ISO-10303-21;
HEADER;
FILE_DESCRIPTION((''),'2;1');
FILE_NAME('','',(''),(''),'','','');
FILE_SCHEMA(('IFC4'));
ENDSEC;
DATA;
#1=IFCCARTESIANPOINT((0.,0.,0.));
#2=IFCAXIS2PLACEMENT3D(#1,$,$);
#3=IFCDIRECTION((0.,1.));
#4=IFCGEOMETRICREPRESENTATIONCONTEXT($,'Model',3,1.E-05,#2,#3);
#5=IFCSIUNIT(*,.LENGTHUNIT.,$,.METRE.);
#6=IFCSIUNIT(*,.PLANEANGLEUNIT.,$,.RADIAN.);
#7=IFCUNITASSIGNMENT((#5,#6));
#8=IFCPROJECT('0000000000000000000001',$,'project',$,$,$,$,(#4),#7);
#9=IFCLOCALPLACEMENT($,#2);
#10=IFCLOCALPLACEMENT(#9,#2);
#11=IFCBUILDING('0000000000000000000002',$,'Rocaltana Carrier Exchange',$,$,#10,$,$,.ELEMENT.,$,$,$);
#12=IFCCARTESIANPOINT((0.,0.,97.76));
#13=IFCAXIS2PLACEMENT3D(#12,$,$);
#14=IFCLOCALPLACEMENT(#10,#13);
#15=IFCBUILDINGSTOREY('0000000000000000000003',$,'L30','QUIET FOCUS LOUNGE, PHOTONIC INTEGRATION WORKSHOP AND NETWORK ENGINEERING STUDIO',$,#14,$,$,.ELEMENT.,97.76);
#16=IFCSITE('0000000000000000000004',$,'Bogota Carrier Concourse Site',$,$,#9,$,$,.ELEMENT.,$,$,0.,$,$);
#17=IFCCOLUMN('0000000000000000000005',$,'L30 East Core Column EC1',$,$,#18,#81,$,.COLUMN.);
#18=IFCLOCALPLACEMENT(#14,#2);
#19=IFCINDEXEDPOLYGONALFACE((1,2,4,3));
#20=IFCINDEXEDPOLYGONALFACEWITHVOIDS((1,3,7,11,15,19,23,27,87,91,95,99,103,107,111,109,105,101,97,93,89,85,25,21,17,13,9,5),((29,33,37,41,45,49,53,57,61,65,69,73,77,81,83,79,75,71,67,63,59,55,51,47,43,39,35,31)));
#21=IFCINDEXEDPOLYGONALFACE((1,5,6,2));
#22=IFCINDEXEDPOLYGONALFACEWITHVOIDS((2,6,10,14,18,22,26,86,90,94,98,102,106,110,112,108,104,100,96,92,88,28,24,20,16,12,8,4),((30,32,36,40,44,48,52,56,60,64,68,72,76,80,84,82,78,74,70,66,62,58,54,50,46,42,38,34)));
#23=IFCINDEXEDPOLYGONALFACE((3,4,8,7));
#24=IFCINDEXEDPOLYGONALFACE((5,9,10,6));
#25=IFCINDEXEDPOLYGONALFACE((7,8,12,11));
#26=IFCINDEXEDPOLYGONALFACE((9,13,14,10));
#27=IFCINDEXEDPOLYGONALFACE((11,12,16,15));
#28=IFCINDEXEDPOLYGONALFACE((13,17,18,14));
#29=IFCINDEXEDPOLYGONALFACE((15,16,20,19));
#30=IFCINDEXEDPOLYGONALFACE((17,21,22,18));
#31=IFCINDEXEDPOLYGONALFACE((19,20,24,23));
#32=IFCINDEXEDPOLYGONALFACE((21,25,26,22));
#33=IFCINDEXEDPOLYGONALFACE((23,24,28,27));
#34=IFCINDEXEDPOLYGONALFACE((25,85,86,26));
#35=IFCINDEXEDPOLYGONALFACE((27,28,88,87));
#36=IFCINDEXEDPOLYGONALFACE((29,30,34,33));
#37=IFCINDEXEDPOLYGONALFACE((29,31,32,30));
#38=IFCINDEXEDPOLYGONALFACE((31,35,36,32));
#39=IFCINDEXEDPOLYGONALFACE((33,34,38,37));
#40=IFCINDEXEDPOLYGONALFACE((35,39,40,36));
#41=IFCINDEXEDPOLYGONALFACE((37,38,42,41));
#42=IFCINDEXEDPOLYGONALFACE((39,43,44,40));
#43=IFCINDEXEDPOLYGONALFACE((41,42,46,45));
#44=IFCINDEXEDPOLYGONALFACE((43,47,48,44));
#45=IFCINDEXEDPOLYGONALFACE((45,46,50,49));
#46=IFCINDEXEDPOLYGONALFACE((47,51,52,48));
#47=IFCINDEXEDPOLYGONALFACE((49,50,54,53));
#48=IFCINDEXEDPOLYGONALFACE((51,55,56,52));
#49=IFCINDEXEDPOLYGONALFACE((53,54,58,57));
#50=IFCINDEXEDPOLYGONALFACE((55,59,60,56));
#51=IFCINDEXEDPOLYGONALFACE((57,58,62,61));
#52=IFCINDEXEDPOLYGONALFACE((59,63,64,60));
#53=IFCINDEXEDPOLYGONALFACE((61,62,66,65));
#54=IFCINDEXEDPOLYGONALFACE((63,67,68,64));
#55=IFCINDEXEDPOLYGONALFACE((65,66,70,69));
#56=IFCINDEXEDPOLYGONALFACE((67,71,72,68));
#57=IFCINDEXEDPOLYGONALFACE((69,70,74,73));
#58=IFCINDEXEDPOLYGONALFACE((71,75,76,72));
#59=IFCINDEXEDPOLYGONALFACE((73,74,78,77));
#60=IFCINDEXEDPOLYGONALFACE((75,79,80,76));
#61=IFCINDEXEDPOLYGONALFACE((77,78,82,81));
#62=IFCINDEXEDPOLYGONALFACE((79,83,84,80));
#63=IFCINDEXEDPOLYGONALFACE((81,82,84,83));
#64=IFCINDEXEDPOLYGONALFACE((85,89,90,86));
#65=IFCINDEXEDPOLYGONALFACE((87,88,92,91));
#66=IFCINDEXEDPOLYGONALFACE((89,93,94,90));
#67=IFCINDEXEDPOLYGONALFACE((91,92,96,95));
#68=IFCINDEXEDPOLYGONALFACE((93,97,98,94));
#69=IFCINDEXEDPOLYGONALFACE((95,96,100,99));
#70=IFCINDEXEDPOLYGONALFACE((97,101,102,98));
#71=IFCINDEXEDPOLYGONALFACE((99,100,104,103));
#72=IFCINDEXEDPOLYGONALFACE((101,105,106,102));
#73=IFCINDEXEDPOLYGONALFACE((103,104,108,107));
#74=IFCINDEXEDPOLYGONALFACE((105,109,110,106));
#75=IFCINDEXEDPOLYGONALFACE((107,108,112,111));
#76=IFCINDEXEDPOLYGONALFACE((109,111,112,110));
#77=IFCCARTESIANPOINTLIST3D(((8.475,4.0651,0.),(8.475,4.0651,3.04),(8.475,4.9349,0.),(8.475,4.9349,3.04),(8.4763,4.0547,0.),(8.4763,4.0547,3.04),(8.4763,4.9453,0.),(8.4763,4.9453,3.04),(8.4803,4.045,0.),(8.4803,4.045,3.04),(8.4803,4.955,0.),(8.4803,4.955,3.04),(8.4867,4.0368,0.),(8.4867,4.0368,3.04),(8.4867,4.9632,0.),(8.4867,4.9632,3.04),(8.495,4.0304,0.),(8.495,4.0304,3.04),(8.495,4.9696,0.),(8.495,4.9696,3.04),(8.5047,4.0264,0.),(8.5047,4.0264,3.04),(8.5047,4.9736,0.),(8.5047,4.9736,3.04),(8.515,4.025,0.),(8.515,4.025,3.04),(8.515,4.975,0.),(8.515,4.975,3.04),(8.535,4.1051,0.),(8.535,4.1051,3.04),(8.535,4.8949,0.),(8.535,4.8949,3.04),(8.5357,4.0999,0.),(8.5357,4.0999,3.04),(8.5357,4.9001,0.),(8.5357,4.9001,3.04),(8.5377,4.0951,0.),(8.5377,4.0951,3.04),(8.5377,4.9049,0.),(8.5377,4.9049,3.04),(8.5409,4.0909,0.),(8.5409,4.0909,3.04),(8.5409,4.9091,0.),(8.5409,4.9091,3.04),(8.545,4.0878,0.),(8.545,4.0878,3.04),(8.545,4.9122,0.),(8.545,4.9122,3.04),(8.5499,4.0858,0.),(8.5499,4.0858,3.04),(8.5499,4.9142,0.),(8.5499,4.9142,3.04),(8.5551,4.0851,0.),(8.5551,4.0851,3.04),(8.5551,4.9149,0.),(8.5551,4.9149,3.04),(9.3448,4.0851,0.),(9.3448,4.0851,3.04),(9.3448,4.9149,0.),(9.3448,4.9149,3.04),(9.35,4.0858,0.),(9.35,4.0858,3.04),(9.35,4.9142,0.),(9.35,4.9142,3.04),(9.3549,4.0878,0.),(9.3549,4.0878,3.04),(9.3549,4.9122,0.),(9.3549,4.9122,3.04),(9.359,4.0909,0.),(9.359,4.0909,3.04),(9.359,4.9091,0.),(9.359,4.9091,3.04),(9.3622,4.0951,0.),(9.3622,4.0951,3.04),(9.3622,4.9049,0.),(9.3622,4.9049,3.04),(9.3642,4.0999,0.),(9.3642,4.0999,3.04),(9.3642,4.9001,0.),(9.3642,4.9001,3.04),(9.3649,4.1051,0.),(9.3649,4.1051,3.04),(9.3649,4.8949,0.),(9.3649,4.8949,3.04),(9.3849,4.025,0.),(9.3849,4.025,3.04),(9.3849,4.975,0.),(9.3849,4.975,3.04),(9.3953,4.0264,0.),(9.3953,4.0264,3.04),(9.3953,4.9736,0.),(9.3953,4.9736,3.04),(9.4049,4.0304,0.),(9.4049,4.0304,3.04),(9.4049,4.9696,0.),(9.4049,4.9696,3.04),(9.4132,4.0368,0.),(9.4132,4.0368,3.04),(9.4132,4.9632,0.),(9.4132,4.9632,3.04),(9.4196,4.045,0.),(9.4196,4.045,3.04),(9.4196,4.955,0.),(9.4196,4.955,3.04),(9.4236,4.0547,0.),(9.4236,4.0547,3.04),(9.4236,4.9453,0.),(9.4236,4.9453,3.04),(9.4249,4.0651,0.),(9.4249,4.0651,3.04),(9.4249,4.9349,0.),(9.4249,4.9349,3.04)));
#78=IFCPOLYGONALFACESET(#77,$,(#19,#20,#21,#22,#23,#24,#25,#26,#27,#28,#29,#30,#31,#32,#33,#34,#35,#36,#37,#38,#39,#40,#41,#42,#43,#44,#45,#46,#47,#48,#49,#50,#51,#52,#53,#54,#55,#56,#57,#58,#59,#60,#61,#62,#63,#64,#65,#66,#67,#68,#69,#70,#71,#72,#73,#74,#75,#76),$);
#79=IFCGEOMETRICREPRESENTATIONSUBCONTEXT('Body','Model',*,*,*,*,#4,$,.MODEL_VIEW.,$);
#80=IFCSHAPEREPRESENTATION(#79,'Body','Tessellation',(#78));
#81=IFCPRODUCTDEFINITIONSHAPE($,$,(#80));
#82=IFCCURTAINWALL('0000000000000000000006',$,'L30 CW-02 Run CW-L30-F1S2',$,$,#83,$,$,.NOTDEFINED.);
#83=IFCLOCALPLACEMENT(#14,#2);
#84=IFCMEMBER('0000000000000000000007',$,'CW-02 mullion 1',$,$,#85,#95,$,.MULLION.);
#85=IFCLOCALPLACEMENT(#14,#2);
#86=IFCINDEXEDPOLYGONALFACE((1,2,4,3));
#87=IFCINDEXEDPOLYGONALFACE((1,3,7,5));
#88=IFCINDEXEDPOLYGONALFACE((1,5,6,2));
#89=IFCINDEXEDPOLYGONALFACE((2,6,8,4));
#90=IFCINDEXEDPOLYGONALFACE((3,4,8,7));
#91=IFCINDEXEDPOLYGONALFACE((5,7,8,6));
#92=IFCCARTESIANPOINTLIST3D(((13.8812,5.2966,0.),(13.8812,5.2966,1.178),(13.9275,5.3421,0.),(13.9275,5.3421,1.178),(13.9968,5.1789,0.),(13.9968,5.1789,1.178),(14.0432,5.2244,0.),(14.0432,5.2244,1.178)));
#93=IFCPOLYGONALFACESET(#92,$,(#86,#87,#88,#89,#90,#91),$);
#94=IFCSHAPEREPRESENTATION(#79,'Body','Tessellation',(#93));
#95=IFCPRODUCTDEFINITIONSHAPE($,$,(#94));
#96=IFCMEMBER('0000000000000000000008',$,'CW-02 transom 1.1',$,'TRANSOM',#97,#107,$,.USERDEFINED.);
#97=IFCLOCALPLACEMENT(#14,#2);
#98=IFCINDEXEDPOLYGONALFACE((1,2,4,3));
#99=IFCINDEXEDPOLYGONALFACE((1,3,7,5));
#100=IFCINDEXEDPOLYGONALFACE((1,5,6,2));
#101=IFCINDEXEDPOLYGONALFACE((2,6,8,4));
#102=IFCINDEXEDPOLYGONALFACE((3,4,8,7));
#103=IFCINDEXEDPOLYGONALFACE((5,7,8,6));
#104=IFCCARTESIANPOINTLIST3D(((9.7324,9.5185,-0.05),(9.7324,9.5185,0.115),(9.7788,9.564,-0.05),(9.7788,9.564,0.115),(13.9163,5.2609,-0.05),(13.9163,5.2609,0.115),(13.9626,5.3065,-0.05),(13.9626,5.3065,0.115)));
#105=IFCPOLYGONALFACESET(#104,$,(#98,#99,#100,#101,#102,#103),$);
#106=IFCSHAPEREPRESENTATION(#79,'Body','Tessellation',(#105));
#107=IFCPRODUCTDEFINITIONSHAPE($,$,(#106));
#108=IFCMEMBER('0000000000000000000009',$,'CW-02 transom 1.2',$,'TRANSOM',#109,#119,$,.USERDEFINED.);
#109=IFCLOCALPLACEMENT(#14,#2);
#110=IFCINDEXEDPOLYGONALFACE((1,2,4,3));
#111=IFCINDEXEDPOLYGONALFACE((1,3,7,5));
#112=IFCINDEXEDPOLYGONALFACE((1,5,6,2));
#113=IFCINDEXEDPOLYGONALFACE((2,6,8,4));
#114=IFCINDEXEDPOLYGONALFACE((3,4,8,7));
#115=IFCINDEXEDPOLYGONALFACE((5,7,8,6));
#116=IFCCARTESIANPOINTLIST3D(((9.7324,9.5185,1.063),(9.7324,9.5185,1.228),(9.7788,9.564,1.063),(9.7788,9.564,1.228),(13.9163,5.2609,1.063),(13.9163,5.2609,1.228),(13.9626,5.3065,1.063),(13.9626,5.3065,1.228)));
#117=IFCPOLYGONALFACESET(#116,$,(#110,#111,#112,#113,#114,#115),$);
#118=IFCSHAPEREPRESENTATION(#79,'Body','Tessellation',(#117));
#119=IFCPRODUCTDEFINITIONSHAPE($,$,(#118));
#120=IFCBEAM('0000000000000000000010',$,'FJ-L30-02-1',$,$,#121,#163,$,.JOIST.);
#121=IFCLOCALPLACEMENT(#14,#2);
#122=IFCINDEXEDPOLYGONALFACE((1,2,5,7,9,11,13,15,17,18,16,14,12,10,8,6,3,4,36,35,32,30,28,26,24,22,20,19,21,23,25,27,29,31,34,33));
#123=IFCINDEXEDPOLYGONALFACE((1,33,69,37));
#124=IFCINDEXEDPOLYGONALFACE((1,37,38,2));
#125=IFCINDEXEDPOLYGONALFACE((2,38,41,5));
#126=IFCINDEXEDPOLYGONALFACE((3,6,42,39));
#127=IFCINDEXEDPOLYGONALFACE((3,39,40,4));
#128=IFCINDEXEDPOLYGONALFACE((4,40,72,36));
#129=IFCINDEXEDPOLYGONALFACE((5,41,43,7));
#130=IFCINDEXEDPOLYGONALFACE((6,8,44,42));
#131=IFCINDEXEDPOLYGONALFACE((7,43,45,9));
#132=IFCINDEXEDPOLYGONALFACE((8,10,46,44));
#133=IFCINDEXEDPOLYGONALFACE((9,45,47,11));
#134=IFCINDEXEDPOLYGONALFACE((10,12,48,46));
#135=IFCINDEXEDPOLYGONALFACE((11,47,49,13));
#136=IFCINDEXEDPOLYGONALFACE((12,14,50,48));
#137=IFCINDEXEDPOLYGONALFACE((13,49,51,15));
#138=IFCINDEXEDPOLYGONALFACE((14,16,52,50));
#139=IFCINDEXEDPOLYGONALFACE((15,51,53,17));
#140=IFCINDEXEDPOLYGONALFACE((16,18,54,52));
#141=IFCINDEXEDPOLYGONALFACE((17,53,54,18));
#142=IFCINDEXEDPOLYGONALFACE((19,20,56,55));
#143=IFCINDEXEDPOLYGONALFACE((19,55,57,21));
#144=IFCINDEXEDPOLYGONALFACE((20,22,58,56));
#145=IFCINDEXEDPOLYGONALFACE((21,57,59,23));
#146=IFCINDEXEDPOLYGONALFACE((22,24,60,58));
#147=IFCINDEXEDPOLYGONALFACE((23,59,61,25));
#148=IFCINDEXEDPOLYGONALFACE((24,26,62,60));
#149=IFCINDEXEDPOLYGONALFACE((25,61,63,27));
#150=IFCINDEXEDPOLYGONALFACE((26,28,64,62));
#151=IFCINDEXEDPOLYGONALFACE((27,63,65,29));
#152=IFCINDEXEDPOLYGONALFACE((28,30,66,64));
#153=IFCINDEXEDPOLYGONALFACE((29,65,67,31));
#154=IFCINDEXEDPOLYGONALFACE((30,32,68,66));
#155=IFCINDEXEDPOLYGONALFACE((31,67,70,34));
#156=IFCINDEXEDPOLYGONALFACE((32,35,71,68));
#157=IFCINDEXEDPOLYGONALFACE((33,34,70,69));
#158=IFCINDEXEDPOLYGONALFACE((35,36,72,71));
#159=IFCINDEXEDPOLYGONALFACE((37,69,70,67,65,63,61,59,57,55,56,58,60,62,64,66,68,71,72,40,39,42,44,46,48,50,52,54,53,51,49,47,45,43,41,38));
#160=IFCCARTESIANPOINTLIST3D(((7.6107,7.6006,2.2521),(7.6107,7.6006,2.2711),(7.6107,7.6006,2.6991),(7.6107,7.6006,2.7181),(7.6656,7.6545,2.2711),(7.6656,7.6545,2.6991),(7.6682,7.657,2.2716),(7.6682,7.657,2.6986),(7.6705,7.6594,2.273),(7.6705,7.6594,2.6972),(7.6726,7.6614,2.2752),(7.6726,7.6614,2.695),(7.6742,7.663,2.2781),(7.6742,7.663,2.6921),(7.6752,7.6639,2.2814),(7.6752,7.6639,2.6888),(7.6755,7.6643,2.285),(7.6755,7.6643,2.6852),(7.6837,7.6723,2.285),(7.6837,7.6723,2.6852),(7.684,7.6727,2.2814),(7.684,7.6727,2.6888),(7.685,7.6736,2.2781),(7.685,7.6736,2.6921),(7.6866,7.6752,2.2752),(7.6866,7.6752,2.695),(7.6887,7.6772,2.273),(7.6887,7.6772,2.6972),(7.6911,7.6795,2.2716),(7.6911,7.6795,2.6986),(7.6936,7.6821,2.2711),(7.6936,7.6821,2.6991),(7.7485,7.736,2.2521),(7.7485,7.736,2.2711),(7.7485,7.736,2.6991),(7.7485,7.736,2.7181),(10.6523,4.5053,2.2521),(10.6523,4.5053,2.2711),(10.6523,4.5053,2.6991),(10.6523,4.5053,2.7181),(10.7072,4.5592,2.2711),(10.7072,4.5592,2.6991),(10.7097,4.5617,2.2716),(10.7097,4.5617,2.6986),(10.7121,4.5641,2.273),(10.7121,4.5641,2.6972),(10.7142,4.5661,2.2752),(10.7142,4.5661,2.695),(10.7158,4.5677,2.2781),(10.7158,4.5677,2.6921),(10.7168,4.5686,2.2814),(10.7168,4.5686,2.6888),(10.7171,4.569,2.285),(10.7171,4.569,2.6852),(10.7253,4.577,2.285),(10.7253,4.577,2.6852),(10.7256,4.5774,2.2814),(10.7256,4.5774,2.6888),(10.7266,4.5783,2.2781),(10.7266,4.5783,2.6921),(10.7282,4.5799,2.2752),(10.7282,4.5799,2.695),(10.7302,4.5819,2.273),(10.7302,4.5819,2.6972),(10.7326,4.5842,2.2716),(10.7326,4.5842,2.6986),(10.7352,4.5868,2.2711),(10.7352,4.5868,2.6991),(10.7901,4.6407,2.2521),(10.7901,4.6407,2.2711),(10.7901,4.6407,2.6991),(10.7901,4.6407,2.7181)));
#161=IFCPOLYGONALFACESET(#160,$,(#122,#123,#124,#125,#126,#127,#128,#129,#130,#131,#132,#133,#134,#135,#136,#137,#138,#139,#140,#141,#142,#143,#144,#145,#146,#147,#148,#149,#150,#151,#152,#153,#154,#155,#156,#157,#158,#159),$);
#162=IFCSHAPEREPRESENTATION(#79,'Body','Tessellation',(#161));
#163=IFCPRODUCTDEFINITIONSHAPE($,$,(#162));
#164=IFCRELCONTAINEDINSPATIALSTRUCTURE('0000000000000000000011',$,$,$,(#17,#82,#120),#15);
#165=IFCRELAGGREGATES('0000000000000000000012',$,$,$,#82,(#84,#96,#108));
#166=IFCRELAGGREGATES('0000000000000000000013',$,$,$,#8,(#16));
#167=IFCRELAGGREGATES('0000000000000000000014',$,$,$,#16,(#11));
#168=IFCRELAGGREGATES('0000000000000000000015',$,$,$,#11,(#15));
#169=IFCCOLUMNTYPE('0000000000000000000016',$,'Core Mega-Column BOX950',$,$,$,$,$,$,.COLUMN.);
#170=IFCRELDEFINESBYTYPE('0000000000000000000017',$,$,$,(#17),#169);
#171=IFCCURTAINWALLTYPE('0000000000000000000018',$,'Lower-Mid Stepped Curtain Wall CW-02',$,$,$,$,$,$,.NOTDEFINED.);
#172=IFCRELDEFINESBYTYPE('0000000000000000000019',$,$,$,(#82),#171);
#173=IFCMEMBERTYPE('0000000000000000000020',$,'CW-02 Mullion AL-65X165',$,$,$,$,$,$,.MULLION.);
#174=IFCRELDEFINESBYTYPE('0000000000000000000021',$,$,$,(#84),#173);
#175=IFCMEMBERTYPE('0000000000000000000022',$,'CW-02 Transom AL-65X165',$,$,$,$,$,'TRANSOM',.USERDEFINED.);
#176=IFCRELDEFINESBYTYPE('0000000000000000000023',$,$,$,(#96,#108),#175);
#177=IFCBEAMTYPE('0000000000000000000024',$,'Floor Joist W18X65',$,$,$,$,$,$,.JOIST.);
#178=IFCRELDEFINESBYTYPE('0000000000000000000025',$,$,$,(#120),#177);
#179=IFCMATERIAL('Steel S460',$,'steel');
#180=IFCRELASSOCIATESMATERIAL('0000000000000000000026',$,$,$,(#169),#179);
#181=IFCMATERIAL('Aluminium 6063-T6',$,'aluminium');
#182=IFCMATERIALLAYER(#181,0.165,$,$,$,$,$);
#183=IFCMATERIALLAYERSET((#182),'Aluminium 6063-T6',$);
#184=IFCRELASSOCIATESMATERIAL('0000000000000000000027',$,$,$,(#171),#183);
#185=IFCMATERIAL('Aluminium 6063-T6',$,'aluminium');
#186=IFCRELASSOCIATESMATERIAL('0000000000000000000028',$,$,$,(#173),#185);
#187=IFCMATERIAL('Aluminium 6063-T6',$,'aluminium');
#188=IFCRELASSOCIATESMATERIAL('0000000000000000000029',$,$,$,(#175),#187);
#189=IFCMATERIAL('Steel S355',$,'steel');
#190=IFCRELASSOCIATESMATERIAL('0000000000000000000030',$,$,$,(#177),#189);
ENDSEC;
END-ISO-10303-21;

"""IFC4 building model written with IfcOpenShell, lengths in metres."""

from ifc_helpers import new_model, si_unit, direction, frame, origin, origin_2d, place, context, subcontext, project, spatial, rectangle, hollow_rectangle, i_section, extrude, material, layer, layer_set, material_profile, profile_set, type_object, element, aggregate, save


model = new_model("IFC4")

# Units and contexts
model_context = context("Model", 3, precision=1e-05, world=origin(), true_north=direction((0.0, 1.0)))
body_context = subcontext(model_context, "Body", "Model", "MODEL_VIEW")
ifc_project = project(units=[si_unit("LENGTHUNIT", "METRE"), si_unit("PLANEANGLEUNIT", "RADIAN")], contexts=[model_context])

# Site, building, storey
site_placement = place(None, origin())
site = spatial("IfcSite", under=ifc_project, at=site_placement, Name="Bogota Carrier Concourse Site", CompositionType="ELEMENT", RefElevation=0.0)
building_placement = place(site_placement, origin())
building = spatial("IfcBuilding", under=site, at=building_placement, Name="Rocaltana Carrier Exchange", CompositionType="ELEMENT")
storey_placement = place(building_placement, frame((0.0, 0.0, 97.76)))
storey = spatial("IfcBuildingStorey", under=building, at=storey_placement, Name="L30", Description="QUIET FOCUS LOUNGE, PHOTONIC INTEGRATION WORKSHOP AND NETWORK ENGINEERING STUDIO", CompositionType="ELEMENT", Elevation=97.76)

# Column
ifc_material_1 = material(Name="Steel S460", Category="steel")
ifc_material_profile_1 = material_profile(ifc_material_1, hollow_rectangle(XDim=0.95, YDim=0.95, WallThickness=0.0601, InnerFilletRadius=0.02, OuterFilletRadius=0.04, at=origin_2d()), Name="BOX950X950X60")
ifc_profile_set_1 = profile_set([ifc_material_profile_1], Name="Steel S460")
column_type = type_object("IfcColumnType", Name="Core Mega-Column BOX950", PredefinedType="COLUMN", material=ifc_profile_set_1)
column_placement = place(storey_placement, frame((8.95, 4.5, 0.0), z_axis=(0.0, 0.0, 1.0), x_axis=(1.0, 0.0, 0.0)))
element("IfcColumn", 1, at=column_placement, inside=storey, type_object=column_type, Name="L30 East Core Column EC1", PredefinedType="COLUMN", context=body_context, shape_type="SweptSolid", body=[
    extrude(hollow_rectangle(XDim=0.95, YDim=0.95, WallThickness=0.0601, InnerFilletRadius=0.02, OuterFilletRadius=0.04, at=origin_2d()), origin(), (0.0, 0.0, 1.0), 3.04),
])

# Curtain wall, members
ifc_material_2 = material(Name="Aluminium 6063-T6", Category="aluminium")
ifc_layer_1 = layer(ifc_material_2, 0.165)
ifc_layer_set_1 = layer_set([ifc_layer_1], Name="Aluminium 6063-T6")
curtain_wall_type = type_object("IfcCurtainWallType", Name="Lower-Mid Stepped Curtain Wall CW-02", PredefinedType="NOTDEFINED", material=ifc_layer_set_1)
curtain_wall_placement = place(storey_placement, origin())
curtain_wall = element("IfcCurtainWall", 2, at=curtain_wall_placement, inside=storey, type_object=curtain_wall_type, Name="L30 CW-02 Run CW-L30-F1S2", PredefinedType="NOTDEFINED")
ifc_material_3 = material(Name="Aluminium 6063-T6", Category="aluminium")
ifc_material_profile_2 = material_profile(ifc_material_3, rectangle(XDim=0.0649, YDim=0.165, at=origin_2d()), Name="AL-65X165")
ifc_profile_set_2 = profile_set([ifc_material_profile_2], Name="Aluminium 6063-T6")
member_type_1 = type_object("IfcMemberType", Name="CW-02 Mullion AL-65X165", PredefinedType="MULLION", material=ifc_profile_set_2)
member_1_placement = place(storey_placement, frame((13.9622, 5.2605, 0.0), z_axis=(0.0, 0.0, 1.0), x_axis=(-0.713245, -0.700915, 0.0)))
member_1 = element("IfcMember", 3, at=member_1_placement, type_object=member_type_1, Name="CW-02 mullion 1", PredefinedType="MULLION", context=body_context, shape_type="SweptSolid", body=[
    extrude(rectangle(XDim=0.0649, YDim=0.165, at=origin_2d()), origin(), (0.0, 0.0, 1.0), 1.178),
])
ifc_material_4 = material(Name="Aluminium 6063-T6", Category="aluminium")
ifc_material_profile_3 = material_profile(ifc_material_4, rectangle(XDim=0.0649, YDim=0.165, at=origin_2d()), Name="AL-65X165")
ifc_profile_set_3 = profile_set([ifc_material_profile_3], Name="Aluminium 6063-T6")
member_type_2 = type_object("IfcMemberType", Name="CW-02 Transom AL-65X165", ElementType="TRANSOM", PredefinedType="USERDEFINED", material=ifc_profile_set_3)
member_2_placement = place(storey_placement, frame((13.9395, 5.2837, 0.0325), z_axis=(-0.700904, 0.713256, 0.0), x_axis=(-0.713256, -0.700904, 0.0)))
member_2 = element("IfcMember", 4, at=member_2_placement, type_object=member_type_2, Name="CW-02 transom 1.1", ObjectType="TRANSOM", PredefinedType="USERDEFINED", context=body_context, shape_type="SweptSolid", body=[
    extrude(rectangle(XDim=0.0649, YDim=0.165, at=origin_2d()), origin(), (0.0, 0.0, 1.0), 5.9692),
])
member_3_placement = place(storey_placement, frame((13.9395, 5.2837, 1.1455), z_axis=(-0.700904, 0.713256, 0.0), x_axis=(-0.713256, -0.700904, 0.0)))
member_3 = element("IfcMember", 5, at=member_3_placement, type_object=member_type_2, Name="CW-02 transom 1.2", ObjectType="TRANSOM", PredefinedType="USERDEFINED", context=body_context, shape_type="SweptSolid", body=[
    extrude(rectangle(XDim=0.0649, YDim=0.165, at=origin_2d()), origin(), (0.0, 0.0, 1.0), 5.9692),
])

# Beam
ifc_material_5 = material(Name="Steel S355", Category="steel")
ifc_material_profile_4 = material_profile(ifc_material_5, i_section(OverallWidth=0.1931, OverallDepth=0.4661, WebThickness=0.0115, FlangeThickness=0.019, FilletRadius=0.0139, at=origin_2d()), Name="W18X65")
ifc_profile_set_4 = profile_set([ifc_material_profile_4], Name="Steel S355")
beam_type_1 = type_object("IfcBeamType", Name="Floor Joist W18X65", PredefinedType="JOIST", material=ifc_profile_set_4)
beam_1_placement = place(storey_placement, frame((10.7212, 4.573, 2.4851), z_axis=(-0.700891, 0.713268, 0.0), x_axis=(-0.713268, -0.700891, 0.0)))
element("IfcBeam", 6, at=beam_1_placement, inside=storey, type_object=beam_type_1, Name="FJ-L30-02-1", PredefinedType="JOIST", context=body_context, shape_type="SweptSolid", body=[
    extrude(i_section(OverallWidth=0.1931, OverallDepth=0.4661, WebThickness=0.0115, FlangeThickness=0.019, FilletRadius=0.0139, at=origin_2d()), origin(), (0.0, 0.0, 1.0), 4.3396),
])

aggregate(curtain_wall, [member_1, member_2, member_3])

save(model, "model.ifc")
